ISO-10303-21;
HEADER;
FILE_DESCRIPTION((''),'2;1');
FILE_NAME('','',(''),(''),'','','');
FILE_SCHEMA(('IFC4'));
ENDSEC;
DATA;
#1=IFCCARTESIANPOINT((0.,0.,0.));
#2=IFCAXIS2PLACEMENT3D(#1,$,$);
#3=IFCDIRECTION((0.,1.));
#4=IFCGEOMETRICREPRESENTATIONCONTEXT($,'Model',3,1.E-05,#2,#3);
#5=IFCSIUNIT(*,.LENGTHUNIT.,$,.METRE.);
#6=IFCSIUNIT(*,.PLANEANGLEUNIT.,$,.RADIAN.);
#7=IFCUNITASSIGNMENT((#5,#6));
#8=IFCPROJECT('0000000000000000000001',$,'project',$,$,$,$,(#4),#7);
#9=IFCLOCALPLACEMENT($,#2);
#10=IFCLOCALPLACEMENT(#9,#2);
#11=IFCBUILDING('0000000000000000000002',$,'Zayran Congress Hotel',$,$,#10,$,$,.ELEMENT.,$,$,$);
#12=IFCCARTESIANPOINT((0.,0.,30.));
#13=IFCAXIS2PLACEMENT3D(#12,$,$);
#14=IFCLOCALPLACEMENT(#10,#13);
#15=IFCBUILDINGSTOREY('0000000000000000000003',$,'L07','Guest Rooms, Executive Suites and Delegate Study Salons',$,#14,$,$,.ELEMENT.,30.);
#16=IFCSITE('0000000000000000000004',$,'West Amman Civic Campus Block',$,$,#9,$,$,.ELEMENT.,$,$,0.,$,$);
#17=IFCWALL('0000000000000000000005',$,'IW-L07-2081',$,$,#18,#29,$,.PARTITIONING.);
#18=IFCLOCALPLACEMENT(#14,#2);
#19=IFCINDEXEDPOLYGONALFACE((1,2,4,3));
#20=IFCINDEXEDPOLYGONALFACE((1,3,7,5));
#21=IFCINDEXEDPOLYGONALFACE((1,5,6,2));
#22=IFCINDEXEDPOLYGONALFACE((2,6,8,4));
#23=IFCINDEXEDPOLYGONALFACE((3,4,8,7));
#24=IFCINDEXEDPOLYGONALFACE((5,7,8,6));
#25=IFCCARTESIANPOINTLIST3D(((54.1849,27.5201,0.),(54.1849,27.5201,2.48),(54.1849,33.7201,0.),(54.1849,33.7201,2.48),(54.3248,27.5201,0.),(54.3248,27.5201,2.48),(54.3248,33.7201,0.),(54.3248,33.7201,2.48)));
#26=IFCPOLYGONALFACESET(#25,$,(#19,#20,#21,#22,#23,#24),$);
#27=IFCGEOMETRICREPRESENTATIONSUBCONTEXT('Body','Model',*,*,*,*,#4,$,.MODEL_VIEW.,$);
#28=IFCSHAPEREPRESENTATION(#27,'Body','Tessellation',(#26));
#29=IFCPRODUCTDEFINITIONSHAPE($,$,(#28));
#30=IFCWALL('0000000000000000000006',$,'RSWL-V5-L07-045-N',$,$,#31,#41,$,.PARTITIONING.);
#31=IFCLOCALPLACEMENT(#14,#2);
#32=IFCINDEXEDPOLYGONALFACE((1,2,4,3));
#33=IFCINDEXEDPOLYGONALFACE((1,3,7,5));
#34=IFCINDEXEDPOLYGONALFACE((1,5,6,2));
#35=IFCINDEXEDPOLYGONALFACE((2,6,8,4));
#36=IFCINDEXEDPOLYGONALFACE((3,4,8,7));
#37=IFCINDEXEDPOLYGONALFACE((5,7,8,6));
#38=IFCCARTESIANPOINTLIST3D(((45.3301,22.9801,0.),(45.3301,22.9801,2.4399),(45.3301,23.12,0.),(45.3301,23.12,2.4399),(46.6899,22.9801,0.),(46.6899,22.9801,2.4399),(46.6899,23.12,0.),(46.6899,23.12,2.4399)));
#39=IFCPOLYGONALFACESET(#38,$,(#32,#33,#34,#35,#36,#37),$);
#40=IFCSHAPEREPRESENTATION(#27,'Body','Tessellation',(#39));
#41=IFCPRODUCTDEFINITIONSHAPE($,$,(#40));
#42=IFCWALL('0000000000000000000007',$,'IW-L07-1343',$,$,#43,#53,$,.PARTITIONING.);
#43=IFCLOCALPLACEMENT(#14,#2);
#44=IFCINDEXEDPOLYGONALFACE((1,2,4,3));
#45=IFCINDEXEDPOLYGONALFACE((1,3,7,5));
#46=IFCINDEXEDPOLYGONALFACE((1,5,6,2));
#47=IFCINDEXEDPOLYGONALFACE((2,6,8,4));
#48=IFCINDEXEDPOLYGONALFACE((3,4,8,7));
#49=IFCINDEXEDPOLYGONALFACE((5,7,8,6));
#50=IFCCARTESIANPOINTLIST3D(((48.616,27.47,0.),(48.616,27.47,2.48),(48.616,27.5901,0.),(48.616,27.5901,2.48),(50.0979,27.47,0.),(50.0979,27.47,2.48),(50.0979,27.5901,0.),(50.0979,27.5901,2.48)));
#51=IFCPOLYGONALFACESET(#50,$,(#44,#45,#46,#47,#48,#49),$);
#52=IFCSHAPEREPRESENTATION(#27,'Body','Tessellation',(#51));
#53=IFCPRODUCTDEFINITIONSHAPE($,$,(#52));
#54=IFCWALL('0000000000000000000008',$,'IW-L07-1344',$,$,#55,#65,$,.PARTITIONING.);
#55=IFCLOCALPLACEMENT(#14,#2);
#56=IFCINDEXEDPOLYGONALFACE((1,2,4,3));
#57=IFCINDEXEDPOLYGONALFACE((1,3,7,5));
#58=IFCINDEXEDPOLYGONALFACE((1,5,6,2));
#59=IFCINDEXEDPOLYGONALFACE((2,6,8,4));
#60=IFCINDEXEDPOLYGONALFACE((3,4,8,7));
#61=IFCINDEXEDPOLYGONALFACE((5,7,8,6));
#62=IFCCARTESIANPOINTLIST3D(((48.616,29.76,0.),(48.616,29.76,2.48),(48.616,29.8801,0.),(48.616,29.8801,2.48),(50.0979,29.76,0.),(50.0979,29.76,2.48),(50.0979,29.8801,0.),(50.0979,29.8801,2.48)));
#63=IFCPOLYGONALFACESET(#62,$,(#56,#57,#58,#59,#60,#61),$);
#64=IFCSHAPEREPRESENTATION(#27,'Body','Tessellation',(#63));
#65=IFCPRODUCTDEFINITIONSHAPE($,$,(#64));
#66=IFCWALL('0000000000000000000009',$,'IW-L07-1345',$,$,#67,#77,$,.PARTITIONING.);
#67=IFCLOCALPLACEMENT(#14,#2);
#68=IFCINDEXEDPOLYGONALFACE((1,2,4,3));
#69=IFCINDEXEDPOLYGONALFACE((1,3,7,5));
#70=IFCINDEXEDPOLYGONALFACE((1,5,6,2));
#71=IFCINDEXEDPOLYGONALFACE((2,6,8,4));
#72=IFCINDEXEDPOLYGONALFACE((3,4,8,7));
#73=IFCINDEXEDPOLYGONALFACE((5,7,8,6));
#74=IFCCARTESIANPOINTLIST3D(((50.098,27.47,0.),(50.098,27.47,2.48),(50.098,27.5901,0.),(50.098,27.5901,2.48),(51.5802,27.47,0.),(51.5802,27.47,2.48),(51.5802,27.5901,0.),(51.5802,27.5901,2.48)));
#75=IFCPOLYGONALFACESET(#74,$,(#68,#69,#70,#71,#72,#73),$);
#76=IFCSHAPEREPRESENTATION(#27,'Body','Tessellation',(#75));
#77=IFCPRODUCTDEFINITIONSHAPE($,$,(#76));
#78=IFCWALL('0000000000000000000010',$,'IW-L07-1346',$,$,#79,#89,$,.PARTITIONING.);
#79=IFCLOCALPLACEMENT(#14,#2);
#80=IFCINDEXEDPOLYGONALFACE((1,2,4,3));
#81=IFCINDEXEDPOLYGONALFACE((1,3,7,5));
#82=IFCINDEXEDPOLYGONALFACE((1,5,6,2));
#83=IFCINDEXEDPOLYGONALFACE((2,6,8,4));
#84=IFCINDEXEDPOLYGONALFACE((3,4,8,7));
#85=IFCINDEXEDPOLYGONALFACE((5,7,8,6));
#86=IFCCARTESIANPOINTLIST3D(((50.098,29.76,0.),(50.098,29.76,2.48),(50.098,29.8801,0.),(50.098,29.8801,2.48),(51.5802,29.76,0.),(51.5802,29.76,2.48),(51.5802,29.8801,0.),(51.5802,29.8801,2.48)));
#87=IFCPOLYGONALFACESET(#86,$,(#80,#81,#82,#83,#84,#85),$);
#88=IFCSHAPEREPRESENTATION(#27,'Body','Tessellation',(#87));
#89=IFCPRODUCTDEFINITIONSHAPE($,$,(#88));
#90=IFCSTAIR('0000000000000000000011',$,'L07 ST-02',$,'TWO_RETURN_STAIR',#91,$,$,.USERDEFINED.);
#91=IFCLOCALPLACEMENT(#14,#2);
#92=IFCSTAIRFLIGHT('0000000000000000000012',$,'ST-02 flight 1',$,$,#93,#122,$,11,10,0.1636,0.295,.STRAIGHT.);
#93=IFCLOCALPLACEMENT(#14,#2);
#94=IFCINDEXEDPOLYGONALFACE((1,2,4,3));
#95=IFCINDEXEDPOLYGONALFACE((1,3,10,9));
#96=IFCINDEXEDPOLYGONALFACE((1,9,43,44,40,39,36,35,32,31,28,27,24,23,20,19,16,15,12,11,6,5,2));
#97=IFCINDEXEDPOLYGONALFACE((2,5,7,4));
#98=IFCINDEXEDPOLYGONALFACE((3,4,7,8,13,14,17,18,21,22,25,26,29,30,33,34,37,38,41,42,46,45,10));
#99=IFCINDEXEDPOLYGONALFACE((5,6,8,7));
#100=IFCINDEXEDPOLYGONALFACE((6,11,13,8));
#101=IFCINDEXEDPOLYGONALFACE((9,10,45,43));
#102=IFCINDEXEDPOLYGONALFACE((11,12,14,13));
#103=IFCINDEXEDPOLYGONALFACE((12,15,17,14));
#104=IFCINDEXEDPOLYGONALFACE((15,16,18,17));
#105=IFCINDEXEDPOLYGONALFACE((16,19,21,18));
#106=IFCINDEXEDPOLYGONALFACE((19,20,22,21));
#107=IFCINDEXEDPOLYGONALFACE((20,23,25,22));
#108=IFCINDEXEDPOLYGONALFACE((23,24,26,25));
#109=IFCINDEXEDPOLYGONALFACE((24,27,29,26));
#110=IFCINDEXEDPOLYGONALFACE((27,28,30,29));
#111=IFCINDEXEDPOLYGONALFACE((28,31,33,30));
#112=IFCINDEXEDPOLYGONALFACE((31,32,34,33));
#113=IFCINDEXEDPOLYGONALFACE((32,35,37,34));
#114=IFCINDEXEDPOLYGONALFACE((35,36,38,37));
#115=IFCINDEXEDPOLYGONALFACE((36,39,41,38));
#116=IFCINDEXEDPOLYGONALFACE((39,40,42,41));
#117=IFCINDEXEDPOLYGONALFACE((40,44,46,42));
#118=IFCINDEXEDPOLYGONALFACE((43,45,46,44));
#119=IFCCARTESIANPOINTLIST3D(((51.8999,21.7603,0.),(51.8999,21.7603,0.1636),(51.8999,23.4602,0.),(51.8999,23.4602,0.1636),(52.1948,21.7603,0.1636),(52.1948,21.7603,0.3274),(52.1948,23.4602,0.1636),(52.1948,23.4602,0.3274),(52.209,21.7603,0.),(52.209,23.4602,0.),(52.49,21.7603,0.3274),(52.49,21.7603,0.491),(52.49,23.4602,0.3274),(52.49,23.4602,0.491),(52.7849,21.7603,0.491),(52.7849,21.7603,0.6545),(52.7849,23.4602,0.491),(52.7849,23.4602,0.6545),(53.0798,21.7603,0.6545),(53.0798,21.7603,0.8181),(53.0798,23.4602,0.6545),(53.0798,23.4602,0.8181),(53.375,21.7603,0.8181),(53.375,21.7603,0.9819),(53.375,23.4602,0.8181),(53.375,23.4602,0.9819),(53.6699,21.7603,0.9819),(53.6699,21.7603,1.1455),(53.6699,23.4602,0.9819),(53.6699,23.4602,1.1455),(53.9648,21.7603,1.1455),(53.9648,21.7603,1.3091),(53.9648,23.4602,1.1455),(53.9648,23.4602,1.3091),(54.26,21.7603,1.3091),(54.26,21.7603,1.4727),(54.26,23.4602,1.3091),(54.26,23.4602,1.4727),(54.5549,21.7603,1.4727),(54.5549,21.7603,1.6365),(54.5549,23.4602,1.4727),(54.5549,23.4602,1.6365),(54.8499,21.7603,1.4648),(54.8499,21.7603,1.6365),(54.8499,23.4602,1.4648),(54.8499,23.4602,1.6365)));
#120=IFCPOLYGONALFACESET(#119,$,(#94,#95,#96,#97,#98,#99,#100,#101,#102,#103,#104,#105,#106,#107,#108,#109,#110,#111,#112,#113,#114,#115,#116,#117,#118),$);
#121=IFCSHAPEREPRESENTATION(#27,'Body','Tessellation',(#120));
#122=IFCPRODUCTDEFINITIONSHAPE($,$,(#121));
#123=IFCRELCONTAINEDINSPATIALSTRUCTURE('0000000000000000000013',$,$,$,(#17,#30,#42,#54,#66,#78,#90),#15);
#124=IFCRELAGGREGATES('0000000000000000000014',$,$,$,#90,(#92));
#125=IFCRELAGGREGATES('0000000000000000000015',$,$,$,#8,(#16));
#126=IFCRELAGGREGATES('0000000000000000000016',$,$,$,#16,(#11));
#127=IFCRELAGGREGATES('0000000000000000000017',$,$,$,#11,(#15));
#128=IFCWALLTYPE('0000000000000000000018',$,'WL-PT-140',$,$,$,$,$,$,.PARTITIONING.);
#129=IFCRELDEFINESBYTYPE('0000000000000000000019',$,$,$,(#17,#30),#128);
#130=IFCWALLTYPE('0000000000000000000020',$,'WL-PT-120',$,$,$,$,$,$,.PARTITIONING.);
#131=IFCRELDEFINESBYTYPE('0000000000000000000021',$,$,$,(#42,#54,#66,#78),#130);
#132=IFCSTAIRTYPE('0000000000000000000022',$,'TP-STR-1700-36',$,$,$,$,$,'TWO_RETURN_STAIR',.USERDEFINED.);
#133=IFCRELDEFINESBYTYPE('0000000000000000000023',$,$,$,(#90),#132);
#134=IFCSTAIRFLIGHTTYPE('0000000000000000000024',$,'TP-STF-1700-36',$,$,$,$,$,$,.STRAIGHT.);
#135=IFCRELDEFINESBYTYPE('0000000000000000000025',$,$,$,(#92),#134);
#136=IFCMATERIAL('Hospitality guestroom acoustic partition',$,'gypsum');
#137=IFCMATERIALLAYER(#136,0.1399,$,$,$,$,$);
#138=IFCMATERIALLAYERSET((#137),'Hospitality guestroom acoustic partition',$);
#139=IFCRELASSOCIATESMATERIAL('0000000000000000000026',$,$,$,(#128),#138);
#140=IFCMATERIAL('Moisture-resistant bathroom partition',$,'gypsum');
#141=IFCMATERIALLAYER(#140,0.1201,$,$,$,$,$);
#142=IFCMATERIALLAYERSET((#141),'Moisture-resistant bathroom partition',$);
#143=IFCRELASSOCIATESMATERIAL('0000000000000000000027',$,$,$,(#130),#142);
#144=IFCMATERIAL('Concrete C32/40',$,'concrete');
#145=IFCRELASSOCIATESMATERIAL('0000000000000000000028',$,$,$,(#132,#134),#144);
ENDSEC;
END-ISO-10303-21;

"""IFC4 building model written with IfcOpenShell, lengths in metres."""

from ifc_helpers import new_model, si_unit, direction, frame, frame_2d, origin, place, context, subcontext, project, spatial, polyline, rectangle, outline, extrude, material, layer, layer_set, type_object, element, aggregate, save


model = new_model("IFC4")

# Units and contexts
model_context = context("Model", 3, precision=1e-05, world=origin(), true_north=direction((0.0, 1.0)))
body_context = subcontext(model_context, "Body", "Model", "MODEL_VIEW")
ifc_project = project(units=[si_unit("LENGTHUNIT", "METRE"), si_unit("PLANEANGLEUNIT", "RADIAN")], contexts=[model_context])

# Site, building, storey
site_placement = place(None, origin())
site = spatial("IfcSite", under=ifc_project, at=site_placement, Name="West Amman Civic Campus Block", CompositionType="ELEMENT", RefElevation=0.0)
building_placement = place(site_placement, origin())
building = spatial("IfcBuilding", under=site, at=building_placement, Name="Zayran Congress Hotel", CompositionType="ELEMENT")
storey_placement = place(building_placement, frame((0.0, 0.0, 30.0)))
storey = spatial("IfcBuildingStorey", under=building, at=storey_placement, Name="L07", Description="Guest Rooms, Executive Suites and Delegate Study Salons", CompositionType="ELEMENT", Elevation=30.0)

# Shared definitions
ifc_material_1 = material(Name="Hospitality guestroom acoustic partition", Category="gypsum")
ifc_layer_1 = layer(ifc_material_1, 0.1399)
ifc_layer_set_1 = layer_set([ifc_layer_1], Name="Hospitality guestroom acoustic partition")
wall_type_1 = type_object("IfcWallType", Name="WL-PT-140", PredefinedType="PARTITIONING", material=ifc_layer_set_1)

# Walls
for number, where, z_axis, x_axis, name in (
    (1, (54.2549, 27.52, 0.0), (0.0, 0.0, 1.0), (0.0, 1.0, 0.0), "IW-L07-2081"),
):
    element("IfcWall", number, at=place(storey_placement, frame(where, z_axis=z_axis, x_axis=x_axis)), inside=storey, type_object=wall_type_1, Name=name, PredefinedType="PARTITIONING", context=body_context, shape_type="SweptSolid", body=[
        extrude(rectangle(XDim=6.2, YDim=0.1399, at=frame_2d((3.1001, 0.0))), origin(), (0.0, 0.0, 1.0), 2.48),
    ])
wall_1_placement = place(storey_placement, frame((46.6899, 23.05, 0.0), z_axis=(0.0, 0.0, 1.0), x_axis=(-1.0, 0.0, 0.0)))
element("IfcWall", 2, at=wall_1_placement, inside=storey, type_object=wall_type_1, Name="RSWL-V5-L07-045-N", PredefinedType="PARTITIONING", context=body_context, shape_type="SweptSolid", body=[
    extrude(rectangle(XDim=1.3599, YDim=0.1399, at=frame_2d((0.6799, 0.0))), origin(), (0.0, 0.0, 1.0), 2.4399),
])

# Shared definitions
ifc_material_2 = material(Name="Moisture-resistant bathroom partition", Category="gypsum")
ifc_layer_2 = layer(ifc_material_2, 0.1201)
ifc_layer_set_2 = layer_set([ifc_layer_2], Name="Moisture-resistant bathroom partition")
wall_type_2 = type_object("IfcWallType", Name="WL-PT-120", PredefinedType="PARTITIONING", material=ifc_layer_set_2)

# Walls
for number, where, z_axis, x_axis, name in (
    (3, (48.616, 27.53, 0.0), (0.0, 0.0, 1.0), (1.0, 0.0, 0.0), "IW-L07-1343"),
    (4, (48.616, 29.8201, 0.0), (0.0, 0.0, 1.0), (1.0, 0.0, 0.0), "IW-L07-1344"),
):
    element("IfcWall", number, at=place(storey_placement, frame(where, z_axis=z_axis, x_axis=x_axis)), inside=storey, type_object=wall_type_2, Name=name, PredefinedType="PARTITIONING", context=body_context, shape_type="SweptSolid", body=[
        extrude(rectangle(XDim=1.4819, YDim=0.1201, at=frame_2d((0.741, 0.0))), origin(), (0.0, 0.0, 1.0), 2.48),
    ])
for number, where, z_axis, x_axis, name in (
    (5, (50.0979, 27.53, 0.0), (0.0, 0.0, 1.0), (1.0, 0.0, 0.0), "IW-L07-1345"),
    (6, (50.0979, 29.8201, 0.0), (0.0, 0.0, 1.0), (1.0, 0.0, 0.0), "IW-L07-1346"),
):
    element("IfcWall", number, at=place(storey_placement, frame(where, z_axis=z_axis, x_axis=x_axis)), inside=storey, type_object=wall_type_2, Name=name, PredefinedType="PARTITIONING", context=body_context, shape_type="SweptSolid", body=[
        extrude(rectangle(XDim=1.4822, YDim=0.1201, at=frame_2d((0.7412, 0.0))), origin(), (0.0, 0.0, 1.0), 2.48),
    ])

# Stair, stair flight
ifc_material_3 = material(Name="Concrete C32/40", Category="concrete")
stair_type = type_object("IfcStairType", Name="TP-STR-1700-36", ElementType="TWO_RETURN_STAIR", PredefinedType="USERDEFINED", material=ifc_material_3)
stair_placement = place(storey_placement, origin())
stair = element("IfcStair", 7, at=stair_placement, inside=storey, type_object=stair_type, Name="L07 ST-02", ObjectType="TWO_RETURN_STAIR", PredefinedType="USERDEFINED")
stair_flight_type = type_object("IfcStairFlightType", Name="TP-STF-1700-36", PredefinedType="STRAIGHT", material=ifc_material_3)
stair_flight_placement = place(storey_placement, frame((51.8999, 22.6101, 0.0), z_axis=(0.0, 0.0, 1.0), x_axis=(1.0, 0.0, 0.0)))
stair_flight = element("IfcStairFlight", 8, at=stair_flight_placement, type_object=stair_flight_type, Name="ST-02 flight 1", NumberOfRisers=11, NumberOfTreads=10, PredefinedType="STRAIGHT", RiserHeight=0.1636, TreadLength=0.295, context=body_context, shape_type="SweptSolid", body=[
    extrude(outline(polyline([(0.0, 0.0), (0.0, 0.1636), (0.2949, 0.1636), (0.2949, 0.3274), (0.5901, 0.3274), (0.5901, 0.491), (0.885, 0.491), (0.885, 0.6545), (1.1799, 0.6545), (1.1799, 0.8181), (1.4751, 0.8181), (1.4751, 0.9819), (1.77, 0.9819), (1.77, 1.1455), (2.0649, 1.1455), (2.0649, 1.3091), (2.3601, 1.3091), (2.3601, 1.4727), (2.655, 1.4727), (2.655, 1.6365), (2.95, 1.6365), (2.95, 1.8), (2.95, 1.4648), (0.3091, 0.0), (0.0, 0.0)])), frame((0.0, 0.8501, 0.0), z_axis=(0.0, -1.0, 0.0), x_axis=(1.0, 0.0, 0.0)), (0.0, 0.0, 1.0), 1.7),
])
aggregate(stair, [stair_flight])

save(model, "model.ifc")
